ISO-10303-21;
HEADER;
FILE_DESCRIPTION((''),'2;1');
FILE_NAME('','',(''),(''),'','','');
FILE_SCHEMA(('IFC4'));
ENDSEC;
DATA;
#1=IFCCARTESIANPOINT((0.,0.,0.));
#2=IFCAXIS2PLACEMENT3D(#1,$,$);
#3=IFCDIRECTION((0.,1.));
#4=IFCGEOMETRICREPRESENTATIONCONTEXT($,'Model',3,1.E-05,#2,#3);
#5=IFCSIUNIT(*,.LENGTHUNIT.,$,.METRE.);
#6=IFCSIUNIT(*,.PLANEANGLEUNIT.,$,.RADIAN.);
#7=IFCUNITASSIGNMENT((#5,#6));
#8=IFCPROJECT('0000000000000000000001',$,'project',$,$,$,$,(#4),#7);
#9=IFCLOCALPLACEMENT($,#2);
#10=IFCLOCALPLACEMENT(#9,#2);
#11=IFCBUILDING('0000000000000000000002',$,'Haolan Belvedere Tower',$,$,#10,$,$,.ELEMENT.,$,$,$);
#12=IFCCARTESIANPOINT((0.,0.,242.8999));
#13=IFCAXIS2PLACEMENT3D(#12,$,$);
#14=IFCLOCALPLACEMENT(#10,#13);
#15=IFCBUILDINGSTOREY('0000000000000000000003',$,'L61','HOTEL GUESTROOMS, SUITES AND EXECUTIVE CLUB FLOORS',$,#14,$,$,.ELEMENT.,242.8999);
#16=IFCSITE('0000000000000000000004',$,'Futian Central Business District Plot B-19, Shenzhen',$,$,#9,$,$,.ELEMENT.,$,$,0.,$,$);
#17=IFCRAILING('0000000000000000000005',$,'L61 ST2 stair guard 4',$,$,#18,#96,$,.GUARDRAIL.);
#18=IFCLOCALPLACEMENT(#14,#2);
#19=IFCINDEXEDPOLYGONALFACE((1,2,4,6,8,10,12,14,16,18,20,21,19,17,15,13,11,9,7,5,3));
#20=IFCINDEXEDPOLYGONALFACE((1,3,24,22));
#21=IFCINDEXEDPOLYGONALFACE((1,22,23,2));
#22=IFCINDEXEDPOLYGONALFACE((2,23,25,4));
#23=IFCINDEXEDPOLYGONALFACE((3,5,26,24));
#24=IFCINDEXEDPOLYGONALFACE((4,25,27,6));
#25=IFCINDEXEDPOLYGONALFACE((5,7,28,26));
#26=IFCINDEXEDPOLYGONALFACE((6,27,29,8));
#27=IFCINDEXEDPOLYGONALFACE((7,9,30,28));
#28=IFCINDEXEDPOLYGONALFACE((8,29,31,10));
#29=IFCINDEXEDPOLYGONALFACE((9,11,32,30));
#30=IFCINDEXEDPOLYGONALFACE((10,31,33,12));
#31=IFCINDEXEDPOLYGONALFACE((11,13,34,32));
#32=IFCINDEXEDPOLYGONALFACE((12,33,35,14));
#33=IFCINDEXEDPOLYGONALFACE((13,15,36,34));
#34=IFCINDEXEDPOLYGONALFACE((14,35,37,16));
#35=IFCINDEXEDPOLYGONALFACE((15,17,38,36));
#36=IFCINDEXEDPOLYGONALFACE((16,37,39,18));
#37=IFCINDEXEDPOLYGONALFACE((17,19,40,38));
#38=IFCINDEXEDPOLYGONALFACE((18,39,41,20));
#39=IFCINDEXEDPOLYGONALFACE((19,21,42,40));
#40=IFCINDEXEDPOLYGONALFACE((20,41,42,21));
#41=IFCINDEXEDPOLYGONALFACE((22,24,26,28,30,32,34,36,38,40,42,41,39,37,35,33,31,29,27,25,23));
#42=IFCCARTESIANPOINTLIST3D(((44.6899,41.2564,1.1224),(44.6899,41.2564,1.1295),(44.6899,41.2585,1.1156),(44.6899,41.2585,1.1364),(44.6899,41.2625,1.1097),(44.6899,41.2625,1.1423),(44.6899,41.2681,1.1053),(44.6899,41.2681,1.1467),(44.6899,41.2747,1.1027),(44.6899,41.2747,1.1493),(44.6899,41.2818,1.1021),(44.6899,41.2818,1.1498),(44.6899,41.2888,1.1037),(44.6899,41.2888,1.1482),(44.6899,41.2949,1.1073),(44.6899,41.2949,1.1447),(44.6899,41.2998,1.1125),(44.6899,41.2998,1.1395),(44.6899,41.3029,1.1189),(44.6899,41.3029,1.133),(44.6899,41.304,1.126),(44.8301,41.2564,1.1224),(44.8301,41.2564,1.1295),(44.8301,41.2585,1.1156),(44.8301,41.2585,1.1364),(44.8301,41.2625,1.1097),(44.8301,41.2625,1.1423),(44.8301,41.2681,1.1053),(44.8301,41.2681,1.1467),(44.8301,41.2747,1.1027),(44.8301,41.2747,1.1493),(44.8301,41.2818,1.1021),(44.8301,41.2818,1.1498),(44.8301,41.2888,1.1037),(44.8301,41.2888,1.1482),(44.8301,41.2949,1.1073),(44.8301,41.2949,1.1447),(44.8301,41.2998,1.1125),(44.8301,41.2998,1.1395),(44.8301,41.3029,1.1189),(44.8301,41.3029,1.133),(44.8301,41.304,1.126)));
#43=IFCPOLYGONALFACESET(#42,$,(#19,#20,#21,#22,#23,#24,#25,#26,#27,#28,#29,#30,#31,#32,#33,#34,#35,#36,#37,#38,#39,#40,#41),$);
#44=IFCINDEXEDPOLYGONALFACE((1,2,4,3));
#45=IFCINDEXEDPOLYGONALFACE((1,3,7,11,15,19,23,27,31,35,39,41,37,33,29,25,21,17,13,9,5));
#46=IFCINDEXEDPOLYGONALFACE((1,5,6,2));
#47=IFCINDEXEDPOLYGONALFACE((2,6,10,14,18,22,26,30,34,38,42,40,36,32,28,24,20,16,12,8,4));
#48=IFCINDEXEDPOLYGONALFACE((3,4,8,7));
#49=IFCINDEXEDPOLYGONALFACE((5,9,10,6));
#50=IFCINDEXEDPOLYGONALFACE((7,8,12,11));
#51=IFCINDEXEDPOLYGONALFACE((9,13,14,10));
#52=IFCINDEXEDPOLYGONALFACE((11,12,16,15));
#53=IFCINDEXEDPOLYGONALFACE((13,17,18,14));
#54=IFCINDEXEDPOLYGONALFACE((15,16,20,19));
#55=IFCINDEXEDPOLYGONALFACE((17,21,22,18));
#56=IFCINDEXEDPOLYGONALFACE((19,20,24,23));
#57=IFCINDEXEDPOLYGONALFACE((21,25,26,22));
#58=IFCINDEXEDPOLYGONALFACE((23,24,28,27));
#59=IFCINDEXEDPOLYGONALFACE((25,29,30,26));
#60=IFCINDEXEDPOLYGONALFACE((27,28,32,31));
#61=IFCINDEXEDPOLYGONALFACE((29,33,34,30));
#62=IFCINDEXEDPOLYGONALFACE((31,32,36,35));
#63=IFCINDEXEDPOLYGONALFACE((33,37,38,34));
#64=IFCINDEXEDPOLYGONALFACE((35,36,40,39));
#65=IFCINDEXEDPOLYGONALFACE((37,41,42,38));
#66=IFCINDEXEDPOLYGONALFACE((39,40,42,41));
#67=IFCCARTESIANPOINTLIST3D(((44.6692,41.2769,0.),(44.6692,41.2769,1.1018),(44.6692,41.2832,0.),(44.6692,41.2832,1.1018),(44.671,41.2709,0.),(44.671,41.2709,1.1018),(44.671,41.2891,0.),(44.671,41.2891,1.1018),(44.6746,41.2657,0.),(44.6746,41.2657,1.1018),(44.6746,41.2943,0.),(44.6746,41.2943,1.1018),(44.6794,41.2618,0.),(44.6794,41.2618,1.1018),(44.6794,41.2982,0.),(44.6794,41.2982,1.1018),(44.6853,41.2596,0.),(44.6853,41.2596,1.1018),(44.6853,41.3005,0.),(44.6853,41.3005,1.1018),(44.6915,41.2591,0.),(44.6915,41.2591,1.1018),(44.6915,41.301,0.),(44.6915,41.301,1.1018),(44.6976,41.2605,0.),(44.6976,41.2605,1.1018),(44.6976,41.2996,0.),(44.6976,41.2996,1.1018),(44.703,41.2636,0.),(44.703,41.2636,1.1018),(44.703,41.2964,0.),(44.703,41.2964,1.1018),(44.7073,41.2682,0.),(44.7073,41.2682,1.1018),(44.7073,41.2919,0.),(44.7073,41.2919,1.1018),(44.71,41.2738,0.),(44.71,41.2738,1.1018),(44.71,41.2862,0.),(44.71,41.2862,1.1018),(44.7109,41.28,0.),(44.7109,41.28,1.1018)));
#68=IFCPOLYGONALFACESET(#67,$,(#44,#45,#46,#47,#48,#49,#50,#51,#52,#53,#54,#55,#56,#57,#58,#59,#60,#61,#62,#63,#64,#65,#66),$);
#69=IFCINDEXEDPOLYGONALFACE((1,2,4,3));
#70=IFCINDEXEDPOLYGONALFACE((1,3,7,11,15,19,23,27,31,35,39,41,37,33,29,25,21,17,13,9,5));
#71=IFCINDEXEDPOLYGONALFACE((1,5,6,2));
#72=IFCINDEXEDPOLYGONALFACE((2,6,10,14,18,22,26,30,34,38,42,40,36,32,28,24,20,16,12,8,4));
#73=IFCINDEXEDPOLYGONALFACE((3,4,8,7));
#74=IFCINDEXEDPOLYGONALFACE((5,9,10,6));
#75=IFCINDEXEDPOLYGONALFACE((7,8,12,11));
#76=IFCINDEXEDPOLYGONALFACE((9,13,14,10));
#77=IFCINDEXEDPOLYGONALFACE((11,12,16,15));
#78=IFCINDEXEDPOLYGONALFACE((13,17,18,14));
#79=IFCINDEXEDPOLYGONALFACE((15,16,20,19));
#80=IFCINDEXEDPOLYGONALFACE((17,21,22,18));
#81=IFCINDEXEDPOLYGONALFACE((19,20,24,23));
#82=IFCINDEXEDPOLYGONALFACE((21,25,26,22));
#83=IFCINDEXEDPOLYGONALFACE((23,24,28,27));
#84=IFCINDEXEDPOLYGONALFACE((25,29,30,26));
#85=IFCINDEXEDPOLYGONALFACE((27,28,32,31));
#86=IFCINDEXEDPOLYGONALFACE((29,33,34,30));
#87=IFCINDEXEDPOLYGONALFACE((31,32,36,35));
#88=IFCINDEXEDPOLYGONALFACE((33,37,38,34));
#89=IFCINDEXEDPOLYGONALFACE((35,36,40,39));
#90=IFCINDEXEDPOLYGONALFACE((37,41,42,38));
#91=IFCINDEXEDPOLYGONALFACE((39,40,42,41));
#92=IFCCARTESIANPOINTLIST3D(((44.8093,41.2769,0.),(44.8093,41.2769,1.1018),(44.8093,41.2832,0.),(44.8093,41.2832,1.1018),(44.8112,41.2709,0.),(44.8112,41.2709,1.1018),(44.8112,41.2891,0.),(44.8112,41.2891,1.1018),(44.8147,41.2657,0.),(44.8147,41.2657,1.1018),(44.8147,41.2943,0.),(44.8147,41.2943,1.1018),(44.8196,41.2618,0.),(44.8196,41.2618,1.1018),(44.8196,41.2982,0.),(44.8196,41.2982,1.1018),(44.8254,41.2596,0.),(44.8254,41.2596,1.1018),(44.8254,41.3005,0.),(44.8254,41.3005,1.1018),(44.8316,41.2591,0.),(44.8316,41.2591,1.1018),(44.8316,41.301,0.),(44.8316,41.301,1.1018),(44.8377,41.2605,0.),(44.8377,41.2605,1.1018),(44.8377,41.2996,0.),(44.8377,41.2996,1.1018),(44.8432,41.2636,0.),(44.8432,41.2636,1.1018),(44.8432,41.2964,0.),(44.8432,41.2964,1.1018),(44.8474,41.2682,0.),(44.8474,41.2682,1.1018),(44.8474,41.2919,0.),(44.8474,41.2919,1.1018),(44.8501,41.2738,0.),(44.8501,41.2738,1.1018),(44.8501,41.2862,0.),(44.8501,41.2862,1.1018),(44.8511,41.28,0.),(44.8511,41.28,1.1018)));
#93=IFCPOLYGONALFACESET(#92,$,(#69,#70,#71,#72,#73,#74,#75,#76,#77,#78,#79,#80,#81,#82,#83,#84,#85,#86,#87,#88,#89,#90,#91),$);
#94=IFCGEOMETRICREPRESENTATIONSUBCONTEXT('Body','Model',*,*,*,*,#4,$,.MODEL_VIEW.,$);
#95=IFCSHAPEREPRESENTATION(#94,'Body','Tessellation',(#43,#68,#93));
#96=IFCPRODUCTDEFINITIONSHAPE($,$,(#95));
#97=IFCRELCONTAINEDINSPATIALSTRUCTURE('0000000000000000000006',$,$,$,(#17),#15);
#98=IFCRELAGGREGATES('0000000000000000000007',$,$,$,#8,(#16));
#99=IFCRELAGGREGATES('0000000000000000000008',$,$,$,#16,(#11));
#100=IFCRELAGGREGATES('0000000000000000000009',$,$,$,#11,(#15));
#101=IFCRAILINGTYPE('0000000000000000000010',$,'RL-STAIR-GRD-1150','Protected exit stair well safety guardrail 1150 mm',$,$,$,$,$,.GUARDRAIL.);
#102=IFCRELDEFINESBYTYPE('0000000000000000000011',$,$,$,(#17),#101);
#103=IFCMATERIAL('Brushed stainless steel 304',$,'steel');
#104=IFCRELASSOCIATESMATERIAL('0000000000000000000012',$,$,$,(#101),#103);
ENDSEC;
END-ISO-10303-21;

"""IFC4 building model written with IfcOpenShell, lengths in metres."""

from ifc_helpers import new_model, si_unit, direction, frame, origin, origin_2d, place, context, subcontext, project, spatial, circle, extrude, material, type_object, element, save


model = new_model("IFC4")

# Units and contexts
model_context = context("Model", 3, precision=1e-05, world=origin(), true_north=direction((0.0, 1.0)))
body_context = subcontext(model_context, "Body", "Model", "MODEL_VIEW")
ifc_project = project(units=[si_unit("LENGTHUNIT", "METRE"), si_unit("PLANEANGLEUNIT", "RADIAN")], contexts=[model_context])

# Site, building, storey
site_placement = place(None, origin())
site = spatial("IfcSite", under=ifc_project, at=site_placement, Name="Futian Central Business District Plot B-19, Shenzhen", CompositionType="ELEMENT", RefElevation=0.0)
building_placement = place(site_placement, origin())
building = spatial("IfcBuilding", under=site, at=building_placement, Name="Haolan Belvedere Tower", CompositionType="ELEMENT")
storey_placement = place(building_placement, frame((0.0, 0.0, 242.8999)))
storey = spatial("IfcBuildingStorey", under=building, at=storey_placement, Name="L61", Description="HOTEL GUESTROOMS, SUITES AND EXECUTIVE CLUB FLOORS", CompositionType="ELEMENT", Elevation=242.8999)

# Railing
ifc_material_1 = material(Name="Brushed stainless steel 304", Category="steel")
railing_type_1 = type_object("IfcRailingType", Name="RL-STAIR-GRD-1150", Description="Protected exit stair well safety guardrail 1150 mm", PredefinedType="GUARDRAIL", material=ifc_material_1)
railing_1_placement = place(storey_placement, frame((44.6899, 41.28, 0.0)))
element("IfcRailing", 1, at=railing_1_placement, inside=storey, type_object=railing_type_1, Name="L61 ST2 stair guard 4", PredefinedType="GUARDRAIL", context=body_context, shape_type="SweptSolid", body=[
    extrude(circle(Radius=0.0239, at=origin_2d()), frame((0.0, 0.0, 1.126), z_axis=(1.0, 0.0, 0.0), x_axis=(0.0, 1.0, 0.0)), (0.0, 0.0, 1.0), 0.1401),
    extrude(circle(Radius=0.021, at=origin_2d()), origin(), (0.0, 0.0, 1.0), 1.1018),
    extrude(circle(Radius=0.021, at=origin_2d()), frame((0.1401, 0.0, 0.0)), (0.0, 0.0, 1.0), 1.1018),
])

save(model, "model.ifc")
